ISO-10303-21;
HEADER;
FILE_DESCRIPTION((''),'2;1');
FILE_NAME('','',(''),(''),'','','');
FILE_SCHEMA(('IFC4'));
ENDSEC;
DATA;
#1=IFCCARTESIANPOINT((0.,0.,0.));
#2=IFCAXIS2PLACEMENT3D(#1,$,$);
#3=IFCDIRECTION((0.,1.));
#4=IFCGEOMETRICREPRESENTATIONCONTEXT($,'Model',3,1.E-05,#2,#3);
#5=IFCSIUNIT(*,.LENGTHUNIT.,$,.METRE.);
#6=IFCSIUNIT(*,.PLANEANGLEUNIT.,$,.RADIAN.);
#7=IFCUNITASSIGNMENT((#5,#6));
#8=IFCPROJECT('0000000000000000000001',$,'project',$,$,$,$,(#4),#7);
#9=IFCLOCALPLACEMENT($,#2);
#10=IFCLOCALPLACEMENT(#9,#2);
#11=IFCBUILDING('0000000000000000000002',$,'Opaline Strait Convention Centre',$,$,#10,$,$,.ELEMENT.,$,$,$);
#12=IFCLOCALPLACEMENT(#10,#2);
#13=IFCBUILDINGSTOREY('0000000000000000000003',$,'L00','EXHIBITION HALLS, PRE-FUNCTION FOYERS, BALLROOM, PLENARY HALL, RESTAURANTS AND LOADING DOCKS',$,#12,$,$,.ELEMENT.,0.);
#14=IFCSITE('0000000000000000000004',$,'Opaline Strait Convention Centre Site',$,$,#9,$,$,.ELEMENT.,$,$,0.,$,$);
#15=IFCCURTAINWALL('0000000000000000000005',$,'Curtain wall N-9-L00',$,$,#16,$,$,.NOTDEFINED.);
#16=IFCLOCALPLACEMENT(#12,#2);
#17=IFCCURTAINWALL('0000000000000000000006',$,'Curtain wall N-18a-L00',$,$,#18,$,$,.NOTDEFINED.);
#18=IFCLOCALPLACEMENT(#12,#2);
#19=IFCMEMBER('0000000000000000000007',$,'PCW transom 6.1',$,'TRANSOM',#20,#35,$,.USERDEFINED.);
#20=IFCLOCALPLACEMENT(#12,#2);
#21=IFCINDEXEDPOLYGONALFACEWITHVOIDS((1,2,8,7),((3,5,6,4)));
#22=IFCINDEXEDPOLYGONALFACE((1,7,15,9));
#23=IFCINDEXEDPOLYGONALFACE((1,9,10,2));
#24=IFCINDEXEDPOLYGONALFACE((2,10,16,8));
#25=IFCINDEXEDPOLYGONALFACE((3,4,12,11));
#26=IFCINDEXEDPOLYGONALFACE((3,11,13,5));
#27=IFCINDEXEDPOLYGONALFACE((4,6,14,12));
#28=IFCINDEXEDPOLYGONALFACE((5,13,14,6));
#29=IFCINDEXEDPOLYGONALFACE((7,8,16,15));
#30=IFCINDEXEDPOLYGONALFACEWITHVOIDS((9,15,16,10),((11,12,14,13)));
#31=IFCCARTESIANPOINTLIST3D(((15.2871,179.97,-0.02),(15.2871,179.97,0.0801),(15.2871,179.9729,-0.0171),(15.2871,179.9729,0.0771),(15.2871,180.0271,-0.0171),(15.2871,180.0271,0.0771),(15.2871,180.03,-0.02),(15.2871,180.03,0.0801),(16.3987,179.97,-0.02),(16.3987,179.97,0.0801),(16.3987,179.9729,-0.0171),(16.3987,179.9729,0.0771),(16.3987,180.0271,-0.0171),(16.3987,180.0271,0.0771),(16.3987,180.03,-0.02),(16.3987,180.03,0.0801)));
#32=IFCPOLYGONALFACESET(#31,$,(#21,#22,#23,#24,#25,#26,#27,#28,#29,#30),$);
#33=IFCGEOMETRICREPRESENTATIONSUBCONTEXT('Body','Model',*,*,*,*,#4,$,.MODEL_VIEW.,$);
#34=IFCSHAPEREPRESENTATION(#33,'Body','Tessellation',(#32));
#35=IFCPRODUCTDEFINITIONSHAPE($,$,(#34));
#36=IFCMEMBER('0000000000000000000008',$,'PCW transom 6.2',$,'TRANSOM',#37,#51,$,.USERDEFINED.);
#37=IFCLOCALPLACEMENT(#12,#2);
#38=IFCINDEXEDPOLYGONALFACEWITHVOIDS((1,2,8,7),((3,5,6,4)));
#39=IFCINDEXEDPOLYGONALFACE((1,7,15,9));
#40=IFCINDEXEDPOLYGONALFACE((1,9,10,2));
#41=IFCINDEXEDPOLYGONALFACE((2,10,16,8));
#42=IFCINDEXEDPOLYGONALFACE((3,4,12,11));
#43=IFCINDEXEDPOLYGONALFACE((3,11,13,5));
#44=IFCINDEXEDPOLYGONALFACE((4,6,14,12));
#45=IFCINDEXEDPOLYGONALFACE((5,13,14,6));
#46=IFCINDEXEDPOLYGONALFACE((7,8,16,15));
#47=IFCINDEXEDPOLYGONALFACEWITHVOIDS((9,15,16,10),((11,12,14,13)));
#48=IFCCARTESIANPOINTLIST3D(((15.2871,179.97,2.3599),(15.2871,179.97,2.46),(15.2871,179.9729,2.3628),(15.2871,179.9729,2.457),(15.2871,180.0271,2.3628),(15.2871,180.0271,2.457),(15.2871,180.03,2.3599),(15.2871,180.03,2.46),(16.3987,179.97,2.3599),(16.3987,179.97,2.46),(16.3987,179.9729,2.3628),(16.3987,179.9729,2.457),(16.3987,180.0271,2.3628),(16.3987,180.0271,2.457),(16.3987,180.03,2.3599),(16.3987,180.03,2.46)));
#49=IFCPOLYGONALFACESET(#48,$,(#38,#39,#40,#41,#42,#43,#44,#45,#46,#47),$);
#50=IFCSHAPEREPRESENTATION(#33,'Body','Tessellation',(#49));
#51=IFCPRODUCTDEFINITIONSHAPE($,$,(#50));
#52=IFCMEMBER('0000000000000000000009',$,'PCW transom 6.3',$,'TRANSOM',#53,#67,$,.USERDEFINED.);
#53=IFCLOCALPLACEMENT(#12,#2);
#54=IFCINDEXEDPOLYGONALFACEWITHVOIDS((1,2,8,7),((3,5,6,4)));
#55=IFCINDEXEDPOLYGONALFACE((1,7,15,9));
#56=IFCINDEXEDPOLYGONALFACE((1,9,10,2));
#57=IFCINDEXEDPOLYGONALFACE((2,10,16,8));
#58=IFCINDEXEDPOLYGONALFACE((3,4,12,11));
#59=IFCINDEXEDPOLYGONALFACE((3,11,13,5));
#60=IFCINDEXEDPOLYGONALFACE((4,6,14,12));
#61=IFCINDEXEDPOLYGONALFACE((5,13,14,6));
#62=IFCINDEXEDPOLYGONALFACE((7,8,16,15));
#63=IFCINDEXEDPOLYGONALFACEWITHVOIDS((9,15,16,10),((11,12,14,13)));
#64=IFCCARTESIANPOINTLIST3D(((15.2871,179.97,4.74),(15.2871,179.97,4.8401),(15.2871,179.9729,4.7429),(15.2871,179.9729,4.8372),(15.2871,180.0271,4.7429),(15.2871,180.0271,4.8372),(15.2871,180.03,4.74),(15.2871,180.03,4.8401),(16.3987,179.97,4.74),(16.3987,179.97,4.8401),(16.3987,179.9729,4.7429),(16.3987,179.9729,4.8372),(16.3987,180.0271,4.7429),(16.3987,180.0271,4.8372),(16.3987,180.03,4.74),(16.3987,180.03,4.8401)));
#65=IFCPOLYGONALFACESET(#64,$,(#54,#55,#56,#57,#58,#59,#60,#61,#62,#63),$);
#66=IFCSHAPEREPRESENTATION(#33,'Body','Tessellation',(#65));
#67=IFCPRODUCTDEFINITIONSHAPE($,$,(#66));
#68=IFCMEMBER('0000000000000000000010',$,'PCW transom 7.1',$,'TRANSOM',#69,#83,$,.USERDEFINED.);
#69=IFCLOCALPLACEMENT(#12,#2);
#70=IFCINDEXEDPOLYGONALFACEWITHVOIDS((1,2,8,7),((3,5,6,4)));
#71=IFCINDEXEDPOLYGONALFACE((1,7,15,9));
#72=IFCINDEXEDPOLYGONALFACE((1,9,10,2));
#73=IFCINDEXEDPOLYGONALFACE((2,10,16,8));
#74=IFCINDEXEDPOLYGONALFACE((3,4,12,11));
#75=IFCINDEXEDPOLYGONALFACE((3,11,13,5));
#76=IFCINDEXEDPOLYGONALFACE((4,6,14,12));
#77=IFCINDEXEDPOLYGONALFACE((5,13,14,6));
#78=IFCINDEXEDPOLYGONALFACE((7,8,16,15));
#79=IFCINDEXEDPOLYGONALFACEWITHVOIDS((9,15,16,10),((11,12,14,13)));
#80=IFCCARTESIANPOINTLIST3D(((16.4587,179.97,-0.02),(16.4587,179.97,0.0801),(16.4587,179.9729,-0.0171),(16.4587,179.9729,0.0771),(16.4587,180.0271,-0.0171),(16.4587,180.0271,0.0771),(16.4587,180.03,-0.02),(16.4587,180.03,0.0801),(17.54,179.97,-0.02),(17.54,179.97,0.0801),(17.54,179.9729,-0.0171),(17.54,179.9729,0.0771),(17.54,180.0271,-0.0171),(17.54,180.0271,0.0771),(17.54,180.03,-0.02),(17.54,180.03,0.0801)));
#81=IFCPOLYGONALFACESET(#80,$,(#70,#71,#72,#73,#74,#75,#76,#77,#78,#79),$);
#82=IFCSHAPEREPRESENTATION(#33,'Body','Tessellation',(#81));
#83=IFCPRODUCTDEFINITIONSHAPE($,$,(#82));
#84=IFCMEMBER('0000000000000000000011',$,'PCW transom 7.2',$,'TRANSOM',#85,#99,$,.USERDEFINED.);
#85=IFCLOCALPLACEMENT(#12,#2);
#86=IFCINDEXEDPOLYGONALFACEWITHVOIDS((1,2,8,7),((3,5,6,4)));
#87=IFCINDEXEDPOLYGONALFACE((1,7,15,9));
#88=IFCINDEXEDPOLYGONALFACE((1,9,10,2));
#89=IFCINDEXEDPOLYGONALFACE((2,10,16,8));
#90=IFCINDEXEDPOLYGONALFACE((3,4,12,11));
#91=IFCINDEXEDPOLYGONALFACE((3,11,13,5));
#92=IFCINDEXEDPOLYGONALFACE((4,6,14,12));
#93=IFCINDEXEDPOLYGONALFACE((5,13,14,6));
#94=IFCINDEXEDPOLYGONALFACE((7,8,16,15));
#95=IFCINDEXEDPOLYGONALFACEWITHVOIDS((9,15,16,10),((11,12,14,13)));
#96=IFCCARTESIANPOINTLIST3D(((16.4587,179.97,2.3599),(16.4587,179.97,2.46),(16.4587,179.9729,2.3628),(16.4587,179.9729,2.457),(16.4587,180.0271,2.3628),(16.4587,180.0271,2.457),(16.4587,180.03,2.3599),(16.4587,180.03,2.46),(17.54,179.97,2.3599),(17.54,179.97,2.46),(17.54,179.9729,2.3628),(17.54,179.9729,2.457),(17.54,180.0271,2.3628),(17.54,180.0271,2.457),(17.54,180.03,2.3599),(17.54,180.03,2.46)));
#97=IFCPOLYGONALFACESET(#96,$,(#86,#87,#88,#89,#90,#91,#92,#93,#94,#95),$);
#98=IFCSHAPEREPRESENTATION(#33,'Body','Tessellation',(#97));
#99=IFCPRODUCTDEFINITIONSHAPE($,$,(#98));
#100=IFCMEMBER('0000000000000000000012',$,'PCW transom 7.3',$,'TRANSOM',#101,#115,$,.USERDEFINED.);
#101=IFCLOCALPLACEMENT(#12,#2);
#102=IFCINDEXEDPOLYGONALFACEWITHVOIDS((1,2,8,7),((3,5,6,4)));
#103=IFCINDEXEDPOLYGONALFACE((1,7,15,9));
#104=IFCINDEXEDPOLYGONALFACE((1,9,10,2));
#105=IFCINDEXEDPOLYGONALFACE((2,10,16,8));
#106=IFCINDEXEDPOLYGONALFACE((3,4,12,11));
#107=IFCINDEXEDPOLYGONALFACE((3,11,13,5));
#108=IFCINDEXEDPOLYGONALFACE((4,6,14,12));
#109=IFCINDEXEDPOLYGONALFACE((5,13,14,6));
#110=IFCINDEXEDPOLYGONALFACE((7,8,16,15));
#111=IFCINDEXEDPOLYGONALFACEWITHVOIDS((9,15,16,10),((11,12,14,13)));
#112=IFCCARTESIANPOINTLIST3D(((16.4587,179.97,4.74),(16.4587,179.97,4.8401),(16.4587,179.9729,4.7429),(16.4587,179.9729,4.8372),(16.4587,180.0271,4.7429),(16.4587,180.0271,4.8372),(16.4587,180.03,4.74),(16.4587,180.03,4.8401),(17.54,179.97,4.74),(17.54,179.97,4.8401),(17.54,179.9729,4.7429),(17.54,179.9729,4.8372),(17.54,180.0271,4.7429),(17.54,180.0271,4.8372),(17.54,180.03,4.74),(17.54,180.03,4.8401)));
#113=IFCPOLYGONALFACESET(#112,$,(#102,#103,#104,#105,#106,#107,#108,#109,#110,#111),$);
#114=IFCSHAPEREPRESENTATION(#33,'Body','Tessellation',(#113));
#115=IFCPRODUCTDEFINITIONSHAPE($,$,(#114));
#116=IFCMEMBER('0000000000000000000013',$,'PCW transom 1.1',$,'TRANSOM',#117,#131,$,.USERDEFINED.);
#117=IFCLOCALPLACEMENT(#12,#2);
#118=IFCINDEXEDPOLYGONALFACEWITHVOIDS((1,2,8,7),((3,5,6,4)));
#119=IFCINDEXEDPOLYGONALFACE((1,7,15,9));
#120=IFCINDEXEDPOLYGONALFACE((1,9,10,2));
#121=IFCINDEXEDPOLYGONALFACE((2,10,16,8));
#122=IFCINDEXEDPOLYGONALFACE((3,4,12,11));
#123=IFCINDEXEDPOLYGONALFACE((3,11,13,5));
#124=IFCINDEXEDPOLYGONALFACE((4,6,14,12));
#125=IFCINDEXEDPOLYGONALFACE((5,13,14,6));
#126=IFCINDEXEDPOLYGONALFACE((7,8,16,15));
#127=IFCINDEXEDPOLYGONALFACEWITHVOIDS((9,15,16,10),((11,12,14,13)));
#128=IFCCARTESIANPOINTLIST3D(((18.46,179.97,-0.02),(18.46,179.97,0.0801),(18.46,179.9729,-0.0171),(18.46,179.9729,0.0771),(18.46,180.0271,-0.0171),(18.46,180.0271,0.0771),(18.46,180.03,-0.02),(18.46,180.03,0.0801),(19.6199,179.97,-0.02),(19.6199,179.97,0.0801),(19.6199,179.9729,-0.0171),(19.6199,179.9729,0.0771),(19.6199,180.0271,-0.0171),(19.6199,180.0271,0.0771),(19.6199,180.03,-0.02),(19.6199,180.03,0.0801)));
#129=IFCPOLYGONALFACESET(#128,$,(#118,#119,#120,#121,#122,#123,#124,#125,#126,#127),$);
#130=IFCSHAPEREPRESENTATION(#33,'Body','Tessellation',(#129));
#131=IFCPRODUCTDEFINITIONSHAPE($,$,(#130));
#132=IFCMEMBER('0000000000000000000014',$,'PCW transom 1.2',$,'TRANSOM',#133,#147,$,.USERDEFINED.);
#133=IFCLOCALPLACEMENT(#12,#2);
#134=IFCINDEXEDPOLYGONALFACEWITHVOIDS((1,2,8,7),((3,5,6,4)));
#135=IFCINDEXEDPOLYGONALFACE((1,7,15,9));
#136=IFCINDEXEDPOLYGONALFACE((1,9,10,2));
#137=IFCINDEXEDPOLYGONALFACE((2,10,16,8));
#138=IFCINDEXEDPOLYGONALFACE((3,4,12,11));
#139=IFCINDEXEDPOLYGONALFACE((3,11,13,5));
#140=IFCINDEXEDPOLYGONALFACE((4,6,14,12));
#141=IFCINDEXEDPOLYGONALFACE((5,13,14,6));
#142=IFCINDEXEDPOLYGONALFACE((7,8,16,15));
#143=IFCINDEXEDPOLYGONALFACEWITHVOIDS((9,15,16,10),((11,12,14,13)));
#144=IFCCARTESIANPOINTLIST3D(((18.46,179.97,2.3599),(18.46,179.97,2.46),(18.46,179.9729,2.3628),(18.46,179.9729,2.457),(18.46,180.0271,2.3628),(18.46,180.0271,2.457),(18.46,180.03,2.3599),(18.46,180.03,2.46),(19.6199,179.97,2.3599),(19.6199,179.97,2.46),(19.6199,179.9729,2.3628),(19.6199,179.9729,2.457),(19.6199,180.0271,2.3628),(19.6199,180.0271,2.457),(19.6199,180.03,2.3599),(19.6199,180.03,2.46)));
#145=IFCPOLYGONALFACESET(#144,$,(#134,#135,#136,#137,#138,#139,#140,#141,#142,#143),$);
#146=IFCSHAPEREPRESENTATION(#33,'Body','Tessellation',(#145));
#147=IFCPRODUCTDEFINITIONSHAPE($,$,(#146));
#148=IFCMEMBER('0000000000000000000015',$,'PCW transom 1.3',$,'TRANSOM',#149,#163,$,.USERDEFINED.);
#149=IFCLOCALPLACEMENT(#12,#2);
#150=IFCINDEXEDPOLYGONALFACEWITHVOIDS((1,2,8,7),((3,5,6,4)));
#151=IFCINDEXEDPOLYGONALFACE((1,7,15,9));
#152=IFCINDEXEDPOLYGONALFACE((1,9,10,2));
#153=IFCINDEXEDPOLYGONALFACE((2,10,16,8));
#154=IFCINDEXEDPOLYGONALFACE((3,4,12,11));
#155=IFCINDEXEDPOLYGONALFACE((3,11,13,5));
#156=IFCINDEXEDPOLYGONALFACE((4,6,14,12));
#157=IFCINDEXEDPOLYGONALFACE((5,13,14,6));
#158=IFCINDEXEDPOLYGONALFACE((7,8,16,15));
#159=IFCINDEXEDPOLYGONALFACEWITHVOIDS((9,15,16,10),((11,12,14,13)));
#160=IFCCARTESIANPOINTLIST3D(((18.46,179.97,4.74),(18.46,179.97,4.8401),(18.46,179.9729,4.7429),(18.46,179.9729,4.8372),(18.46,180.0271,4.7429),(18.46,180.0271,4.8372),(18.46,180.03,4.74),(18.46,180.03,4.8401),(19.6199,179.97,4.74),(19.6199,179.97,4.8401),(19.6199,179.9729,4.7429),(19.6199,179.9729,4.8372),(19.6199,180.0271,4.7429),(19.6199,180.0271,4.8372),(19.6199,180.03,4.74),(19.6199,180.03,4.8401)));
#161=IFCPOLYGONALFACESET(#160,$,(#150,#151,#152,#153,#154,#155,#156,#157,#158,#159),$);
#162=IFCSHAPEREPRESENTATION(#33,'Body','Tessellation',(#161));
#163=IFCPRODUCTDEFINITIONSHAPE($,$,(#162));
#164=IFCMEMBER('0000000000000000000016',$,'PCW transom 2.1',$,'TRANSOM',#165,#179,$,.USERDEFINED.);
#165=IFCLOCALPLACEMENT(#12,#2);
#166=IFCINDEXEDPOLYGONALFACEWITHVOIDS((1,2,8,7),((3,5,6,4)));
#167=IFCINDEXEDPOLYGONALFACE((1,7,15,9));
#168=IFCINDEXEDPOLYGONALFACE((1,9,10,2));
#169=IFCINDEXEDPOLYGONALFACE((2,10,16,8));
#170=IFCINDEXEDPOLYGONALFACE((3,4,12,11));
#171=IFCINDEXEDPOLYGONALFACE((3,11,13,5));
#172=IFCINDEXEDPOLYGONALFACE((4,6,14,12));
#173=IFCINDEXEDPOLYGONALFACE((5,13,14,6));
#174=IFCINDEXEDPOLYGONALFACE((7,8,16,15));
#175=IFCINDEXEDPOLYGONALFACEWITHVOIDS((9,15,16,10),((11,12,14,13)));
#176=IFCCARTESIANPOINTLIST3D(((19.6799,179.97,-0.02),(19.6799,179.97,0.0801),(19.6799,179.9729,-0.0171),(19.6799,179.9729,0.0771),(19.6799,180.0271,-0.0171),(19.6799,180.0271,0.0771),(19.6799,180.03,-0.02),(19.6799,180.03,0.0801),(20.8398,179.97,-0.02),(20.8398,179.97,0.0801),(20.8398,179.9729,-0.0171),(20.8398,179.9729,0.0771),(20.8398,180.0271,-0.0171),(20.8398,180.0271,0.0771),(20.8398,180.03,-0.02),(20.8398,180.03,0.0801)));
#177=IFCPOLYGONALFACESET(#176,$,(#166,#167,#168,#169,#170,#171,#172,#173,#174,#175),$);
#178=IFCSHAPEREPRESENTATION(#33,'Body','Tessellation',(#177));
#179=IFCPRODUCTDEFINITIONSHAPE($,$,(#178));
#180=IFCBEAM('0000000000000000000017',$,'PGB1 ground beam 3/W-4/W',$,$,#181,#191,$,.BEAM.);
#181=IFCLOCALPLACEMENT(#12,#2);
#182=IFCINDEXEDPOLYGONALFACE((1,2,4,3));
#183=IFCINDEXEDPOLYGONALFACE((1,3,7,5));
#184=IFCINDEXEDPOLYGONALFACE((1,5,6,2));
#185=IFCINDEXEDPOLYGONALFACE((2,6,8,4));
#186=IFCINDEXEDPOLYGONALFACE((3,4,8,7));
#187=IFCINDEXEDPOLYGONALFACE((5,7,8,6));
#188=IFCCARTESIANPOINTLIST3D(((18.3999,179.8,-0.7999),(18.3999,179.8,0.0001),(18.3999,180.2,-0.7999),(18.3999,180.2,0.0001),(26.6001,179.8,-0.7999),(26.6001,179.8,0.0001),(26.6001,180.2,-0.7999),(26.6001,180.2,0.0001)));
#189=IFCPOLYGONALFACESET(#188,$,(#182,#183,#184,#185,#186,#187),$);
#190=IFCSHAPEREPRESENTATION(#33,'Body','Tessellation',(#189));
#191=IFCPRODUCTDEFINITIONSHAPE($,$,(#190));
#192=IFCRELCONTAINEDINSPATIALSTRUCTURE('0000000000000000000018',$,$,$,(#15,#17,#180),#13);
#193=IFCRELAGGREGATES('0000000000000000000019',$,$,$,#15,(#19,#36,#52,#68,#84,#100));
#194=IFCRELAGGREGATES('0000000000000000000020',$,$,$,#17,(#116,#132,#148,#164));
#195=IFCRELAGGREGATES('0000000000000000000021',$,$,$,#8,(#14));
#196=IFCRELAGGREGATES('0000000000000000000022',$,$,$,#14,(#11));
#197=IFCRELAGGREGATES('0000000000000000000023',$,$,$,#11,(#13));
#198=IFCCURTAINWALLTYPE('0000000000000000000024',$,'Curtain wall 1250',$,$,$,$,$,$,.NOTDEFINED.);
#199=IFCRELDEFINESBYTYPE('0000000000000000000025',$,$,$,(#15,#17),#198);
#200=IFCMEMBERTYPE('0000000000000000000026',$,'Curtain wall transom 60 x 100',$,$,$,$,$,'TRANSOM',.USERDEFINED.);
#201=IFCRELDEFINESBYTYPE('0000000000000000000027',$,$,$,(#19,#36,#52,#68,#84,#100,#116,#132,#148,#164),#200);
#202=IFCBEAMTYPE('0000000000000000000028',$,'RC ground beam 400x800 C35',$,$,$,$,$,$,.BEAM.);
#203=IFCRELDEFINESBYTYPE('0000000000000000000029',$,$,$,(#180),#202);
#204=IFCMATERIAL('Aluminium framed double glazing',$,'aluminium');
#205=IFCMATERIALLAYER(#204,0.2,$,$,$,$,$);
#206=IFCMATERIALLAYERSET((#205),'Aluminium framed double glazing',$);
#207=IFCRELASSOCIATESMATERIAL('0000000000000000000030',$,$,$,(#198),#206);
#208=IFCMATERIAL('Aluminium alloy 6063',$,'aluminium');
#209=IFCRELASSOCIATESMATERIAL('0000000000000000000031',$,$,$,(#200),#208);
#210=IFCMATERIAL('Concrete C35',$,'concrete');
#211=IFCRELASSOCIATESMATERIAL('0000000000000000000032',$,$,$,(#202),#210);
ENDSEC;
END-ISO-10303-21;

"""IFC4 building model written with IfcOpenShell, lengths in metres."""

from ifc_helpers import new_model, si_unit, direction, frame, origin, origin_2d, place, context, subcontext, project, spatial, rectangle, hollow_rectangle, extrude, material, layer, layer_set, material_profile, profile_set, type_object, element, aggregate, save


model = new_model("IFC4")

# Units and contexts
model_context = context("Model", 3, precision=1e-05, world=origin(), true_north=direction((0.0, 1.0)))
body_context = subcontext(model_context, "Body", "Model", "MODEL_VIEW")
ifc_project = project(units=[si_unit("LENGTHUNIT", "METRE"), si_unit("PLANEANGLEUNIT", "RADIAN")], contexts=[model_context])

# Site, building, storey
site_placement = place(None, origin())
site = spatial("IfcSite", under=ifc_project, at=site_placement, Name="Opaline Strait Convention Centre Site", CompositionType="ELEMENT", RefElevation=0.0)
building_placement = place(site_placement, origin())
building = spatial("IfcBuilding", under=site, at=building_placement, Name="Opaline Strait Convention Centre", CompositionType="ELEMENT")
storey_placement = place(building_placement, origin())
storey = spatial("IfcBuildingStorey", under=building, at=storey_placement, Name="L00", Description="EXHIBITION HALLS, PRE-FUNCTION FOYERS, BALLROOM, PLENARY HALL, RESTAURANTS AND LOADING DOCKS", CompositionType="ELEMENT", Elevation=0.0)

# Shared definitions
ifc_material_1 = material(Name="Concrete C35", Category="concrete")

# Curtain walls
ifc_material_2 = material(Name="Aluminium framed double glazing", Category="aluminium")
ifc_layer_1 = layer(ifc_material_2, 0.2)
ifc_layer_set_1 = layer_set([ifc_layer_1], Name="Aluminium framed double glazing")
curtain_wall_type = type_object("IfcCurtainWallType", Name="Curtain wall 1250", PredefinedType="NOTDEFINED", material=ifc_layer_set_1)
curtain_wall_1_placement = place(storey_placement, origin())
curtain_wall_1 = element("IfcCurtainWall", 1, at=curtain_wall_1_placement, inside=storey, type_object=curtain_wall_type, Name="Curtain wall N-9-L00", PredefinedType="NOTDEFINED")
ifc_material_3 = material(Name="Aluminium alloy 6063", Category="aluminium")
curtain_wall_2_placement = place(storey_placement, origin())
curtain_wall_2 = element("IfcCurtainWall", 2, at=curtain_wall_2_placement, inside=storey, type_object=curtain_wall_type, Name="Curtain wall N-18a-L00", PredefinedType="NOTDEFINED")

# Members
ifc_material_profile_1 = material_profile(ifc_material_3, hollow_rectangle(XDim=0.0601, YDim=0.1001, WallThickness=0.0029, at=origin_2d()), Name="TRANSOM 60x100x3")
ifc_profile_set_1 = profile_set([ifc_material_profile_1], Name="Aluminium alloy 6063")
member_type_1 = type_object("IfcMemberType", Name="Curtain wall transom 60 x 100", ElementType="TRANSOM", PredefinedType="USERDEFINED", material=ifc_profile_set_1)
member_1_placement = place(storey_placement, frame((15.2871, 180.0, 0.03), z_axis=(1.0, 0.0, 0.0), x_axis=(0.0, 1.0, 0.0)))
member_1 = element("IfcMember", 3, at=member_1_placement, type_object=member_type_1, Name="PCW transom 6.1", ObjectType="TRANSOM", PredefinedType="USERDEFINED", context=body_context, shape_type="SweptSolid", body=[
    extrude(hollow_rectangle(XDim=0.0601, YDim=0.1001, WallThickness=0.0029, at=origin_2d()), origin(), (0.0, 0.0, 1.0), 1.1116),
])
member_2_placement = place(storey_placement, frame((15.2871, 180.0, 2.4099), z_axis=(1.0, 0.0, 0.0), x_axis=(0.0, 1.0, 0.0)))
member_2 = element("IfcMember", 4, at=member_2_placement, type_object=member_type_1, Name="PCW transom 6.2", ObjectType="TRANSOM", PredefinedType="USERDEFINED", context=body_context, shape_type="SweptSolid", body=[
    extrude(hollow_rectangle(XDim=0.0601, YDim=0.1001, WallThickness=0.0029, at=origin_2d()), origin(), (0.0, 0.0, 1.0), 1.1116),
])
member_3_placement = place(storey_placement, frame((15.2871, 180.0, 4.79), z_axis=(1.0, 0.0, 0.0), x_axis=(0.0, 1.0, 0.0)))
member_3 = element("IfcMember", 5, at=member_3_placement, type_object=member_type_1, Name="PCW transom 6.3", ObjectType="TRANSOM", PredefinedType="USERDEFINED", context=body_context, shape_type="SweptSolid", body=[
    extrude(hollow_rectangle(XDim=0.0601, YDim=0.1001, WallThickness=0.0029, at=origin_2d()), origin(), (0.0, 0.0, 1.0), 1.1116),
])
member_4_placement = place(storey_placement, frame((16.4587, 180.0, 0.03), z_axis=(1.0, 0.0, 0.0), x_axis=(0.0, 1.0, 0.0)))
member_4 = element("IfcMember", 6, at=member_4_placement, type_object=member_type_1, Name="PCW transom 7.1", ObjectType="TRANSOM", PredefinedType="USERDEFINED", context=body_context, shape_type="SweptSolid", body=[
    extrude(hollow_rectangle(XDim=0.0601, YDim=0.1001, WallThickness=0.0029, at=origin_2d()), origin(), (0.0, 0.0, 1.0), 1.0813),
])
member_5_placement = place(storey_placement, frame((16.4587, 180.0, 2.4099), z_axis=(1.0, 0.0, 0.0), x_axis=(0.0, 1.0, 0.0)))
member_5 = element("IfcMember", 7, at=member_5_placement, type_object=member_type_1, Name="PCW transom 7.2", ObjectType="TRANSOM", PredefinedType="USERDEFINED", context=body_context, shape_type="SweptSolid", body=[
    extrude(hollow_rectangle(XDim=0.0601, YDim=0.1001, WallThickness=0.0029, at=origin_2d()), origin(), (0.0, 0.0, 1.0), 1.0813),
])
member_6_placement = place(storey_placement, frame((16.4587, 180.0, 4.79), z_axis=(1.0, 0.0, 0.0), x_axis=(0.0, 1.0, 0.0)))
member_6 = element("IfcMember", 8, at=member_6_placement, type_object=member_type_1, Name="PCW transom 7.3", ObjectType="TRANSOM", PredefinedType="USERDEFINED", context=body_context, shape_type="SweptSolid", body=[
    extrude(hollow_rectangle(XDim=0.0601, YDim=0.1001, WallThickness=0.0029, at=origin_2d()), origin(), (0.0, 0.0, 1.0), 1.0813),
])
member_7_placement = place(storey_placement, frame((18.46, 180.0, 0.03), z_axis=(1.0, 0.0, 0.0), x_axis=(0.0, 1.0, 0.0)))
member_7 = element("IfcMember", 9, at=member_7_placement, type_object=member_type_1, Name="PCW transom 1.1", ObjectType="TRANSOM", PredefinedType="USERDEFINED", context=body_context, shape_type="SweptSolid", body=[
    extrude(hollow_rectangle(XDim=0.0601, YDim=0.1001, WallThickness=0.0029, at=origin_2d()), origin(), (0.0, 0.0, 1.0), 1.1599),
])
member_8_placement = place(storey_placement, frame((18.46, 180.0, 2.4099), z_axis=(1.0, 0.0, 0.0), x_axis=(0.0, 1.0, 0.0)))
member_8 = element("IfcMember", 10, at=member_8_placement, type_object=member_type_1, Name="PCW transom 1.2", ObjectType="TRANSOM", PredefinedType="USERDEFINED", context=body_context, shape_type="SweptSolid", body=[
    extrude(hollow_rectangle(XDim=0.0601, YDim=0.1001, WallThickness=0.0029, at=origin_2d()), origin(), (0.0, 0.0, 1.0), 1.1599),
])
member_9_placement = place(storey_placement, frame((18.46, 180.0, 4.79), z_axis=(1.0, 0.0, 0.0), x_axis=(0.0, 1.0, 0.0)))
member_9 = element("IfcMember", 11, at=member_9_placement, type_object=member_type_1, Name="PCW transom 1.3", ObjectType="TRANSOM", PredefinedType="USERDEFINED", context=body_context, shape_type="SweptSolid", body=[
    extrude(hollow_rectangle(XDim=0.0601, YDim=0.1001, WallThickness=0.0029, at=origin_2d()), origin(), (0.0, 0.0, 1.0), 1.1599),
])
member_10_placement = place(storey_placement, frame((19.6799, 180.0, 0.03), z_axis=(1.0, 0.0, 0.0), x_axis=(0.0, 1.0, 0.0)))
member_10 = element("IfcMember", 12, at=member_10_placement, type_object=member_type_1, Name="PCW transom 2.1", ObjectType="TRANSOM", PredefinedType="USERDEFINED", context=body_context, shape_type="SweptSolid", body=[
    extrude(hollow_rectangle(XDim=0.0601, YDim=0.1001, WallThickness=0.0029, at=origin_2d()), origin(), (0.0, 0.0, 1.0), 1.1599),
])

# Beam
ifc_material_profile_2 = material_profile(ifc_material_1, rectangle(XDim=0.3999, YDim=0.8, at=origin_2d()), Name="RC 400x800")
ifc_profile_set_2 = profile_set([ifc_material_profile_2], Name="Concrete C35")
beam_type = type_object("IfcBeamType", Name="RC ground beam 400x800 C35", PredefinedType="BEAM", material=ifc_profile_set_2)
beam_placement = place(storey_placement, frame((18.3999, 180.0, -0.3999), z_axis=(1.0, 0.0, 0.0), x_axis=(0.0, 1.0, 0.0)))
element("IfcBeam", 13, at=beam_placement, inside=storey, type_object=beam_type, Name="PGB1 ground beam 3/W-4/W", PredefinedType="BEAM", context=body_context, shape_type="SweptSolid", body=[
    extrude(rectangle(XDim=0.3999, YDim=0.8, at=origin_2d()), origin(), (0.0, 0.0, 1.0), 8.2002),
])

aggregate(curtain_wall_1, [member_1, member_2, member_3, member_4, member_5, member_6])
aggregate(curtain_wall_2, [member_7, member_8, member_9, member_10])

save(model, "model.ifc")
